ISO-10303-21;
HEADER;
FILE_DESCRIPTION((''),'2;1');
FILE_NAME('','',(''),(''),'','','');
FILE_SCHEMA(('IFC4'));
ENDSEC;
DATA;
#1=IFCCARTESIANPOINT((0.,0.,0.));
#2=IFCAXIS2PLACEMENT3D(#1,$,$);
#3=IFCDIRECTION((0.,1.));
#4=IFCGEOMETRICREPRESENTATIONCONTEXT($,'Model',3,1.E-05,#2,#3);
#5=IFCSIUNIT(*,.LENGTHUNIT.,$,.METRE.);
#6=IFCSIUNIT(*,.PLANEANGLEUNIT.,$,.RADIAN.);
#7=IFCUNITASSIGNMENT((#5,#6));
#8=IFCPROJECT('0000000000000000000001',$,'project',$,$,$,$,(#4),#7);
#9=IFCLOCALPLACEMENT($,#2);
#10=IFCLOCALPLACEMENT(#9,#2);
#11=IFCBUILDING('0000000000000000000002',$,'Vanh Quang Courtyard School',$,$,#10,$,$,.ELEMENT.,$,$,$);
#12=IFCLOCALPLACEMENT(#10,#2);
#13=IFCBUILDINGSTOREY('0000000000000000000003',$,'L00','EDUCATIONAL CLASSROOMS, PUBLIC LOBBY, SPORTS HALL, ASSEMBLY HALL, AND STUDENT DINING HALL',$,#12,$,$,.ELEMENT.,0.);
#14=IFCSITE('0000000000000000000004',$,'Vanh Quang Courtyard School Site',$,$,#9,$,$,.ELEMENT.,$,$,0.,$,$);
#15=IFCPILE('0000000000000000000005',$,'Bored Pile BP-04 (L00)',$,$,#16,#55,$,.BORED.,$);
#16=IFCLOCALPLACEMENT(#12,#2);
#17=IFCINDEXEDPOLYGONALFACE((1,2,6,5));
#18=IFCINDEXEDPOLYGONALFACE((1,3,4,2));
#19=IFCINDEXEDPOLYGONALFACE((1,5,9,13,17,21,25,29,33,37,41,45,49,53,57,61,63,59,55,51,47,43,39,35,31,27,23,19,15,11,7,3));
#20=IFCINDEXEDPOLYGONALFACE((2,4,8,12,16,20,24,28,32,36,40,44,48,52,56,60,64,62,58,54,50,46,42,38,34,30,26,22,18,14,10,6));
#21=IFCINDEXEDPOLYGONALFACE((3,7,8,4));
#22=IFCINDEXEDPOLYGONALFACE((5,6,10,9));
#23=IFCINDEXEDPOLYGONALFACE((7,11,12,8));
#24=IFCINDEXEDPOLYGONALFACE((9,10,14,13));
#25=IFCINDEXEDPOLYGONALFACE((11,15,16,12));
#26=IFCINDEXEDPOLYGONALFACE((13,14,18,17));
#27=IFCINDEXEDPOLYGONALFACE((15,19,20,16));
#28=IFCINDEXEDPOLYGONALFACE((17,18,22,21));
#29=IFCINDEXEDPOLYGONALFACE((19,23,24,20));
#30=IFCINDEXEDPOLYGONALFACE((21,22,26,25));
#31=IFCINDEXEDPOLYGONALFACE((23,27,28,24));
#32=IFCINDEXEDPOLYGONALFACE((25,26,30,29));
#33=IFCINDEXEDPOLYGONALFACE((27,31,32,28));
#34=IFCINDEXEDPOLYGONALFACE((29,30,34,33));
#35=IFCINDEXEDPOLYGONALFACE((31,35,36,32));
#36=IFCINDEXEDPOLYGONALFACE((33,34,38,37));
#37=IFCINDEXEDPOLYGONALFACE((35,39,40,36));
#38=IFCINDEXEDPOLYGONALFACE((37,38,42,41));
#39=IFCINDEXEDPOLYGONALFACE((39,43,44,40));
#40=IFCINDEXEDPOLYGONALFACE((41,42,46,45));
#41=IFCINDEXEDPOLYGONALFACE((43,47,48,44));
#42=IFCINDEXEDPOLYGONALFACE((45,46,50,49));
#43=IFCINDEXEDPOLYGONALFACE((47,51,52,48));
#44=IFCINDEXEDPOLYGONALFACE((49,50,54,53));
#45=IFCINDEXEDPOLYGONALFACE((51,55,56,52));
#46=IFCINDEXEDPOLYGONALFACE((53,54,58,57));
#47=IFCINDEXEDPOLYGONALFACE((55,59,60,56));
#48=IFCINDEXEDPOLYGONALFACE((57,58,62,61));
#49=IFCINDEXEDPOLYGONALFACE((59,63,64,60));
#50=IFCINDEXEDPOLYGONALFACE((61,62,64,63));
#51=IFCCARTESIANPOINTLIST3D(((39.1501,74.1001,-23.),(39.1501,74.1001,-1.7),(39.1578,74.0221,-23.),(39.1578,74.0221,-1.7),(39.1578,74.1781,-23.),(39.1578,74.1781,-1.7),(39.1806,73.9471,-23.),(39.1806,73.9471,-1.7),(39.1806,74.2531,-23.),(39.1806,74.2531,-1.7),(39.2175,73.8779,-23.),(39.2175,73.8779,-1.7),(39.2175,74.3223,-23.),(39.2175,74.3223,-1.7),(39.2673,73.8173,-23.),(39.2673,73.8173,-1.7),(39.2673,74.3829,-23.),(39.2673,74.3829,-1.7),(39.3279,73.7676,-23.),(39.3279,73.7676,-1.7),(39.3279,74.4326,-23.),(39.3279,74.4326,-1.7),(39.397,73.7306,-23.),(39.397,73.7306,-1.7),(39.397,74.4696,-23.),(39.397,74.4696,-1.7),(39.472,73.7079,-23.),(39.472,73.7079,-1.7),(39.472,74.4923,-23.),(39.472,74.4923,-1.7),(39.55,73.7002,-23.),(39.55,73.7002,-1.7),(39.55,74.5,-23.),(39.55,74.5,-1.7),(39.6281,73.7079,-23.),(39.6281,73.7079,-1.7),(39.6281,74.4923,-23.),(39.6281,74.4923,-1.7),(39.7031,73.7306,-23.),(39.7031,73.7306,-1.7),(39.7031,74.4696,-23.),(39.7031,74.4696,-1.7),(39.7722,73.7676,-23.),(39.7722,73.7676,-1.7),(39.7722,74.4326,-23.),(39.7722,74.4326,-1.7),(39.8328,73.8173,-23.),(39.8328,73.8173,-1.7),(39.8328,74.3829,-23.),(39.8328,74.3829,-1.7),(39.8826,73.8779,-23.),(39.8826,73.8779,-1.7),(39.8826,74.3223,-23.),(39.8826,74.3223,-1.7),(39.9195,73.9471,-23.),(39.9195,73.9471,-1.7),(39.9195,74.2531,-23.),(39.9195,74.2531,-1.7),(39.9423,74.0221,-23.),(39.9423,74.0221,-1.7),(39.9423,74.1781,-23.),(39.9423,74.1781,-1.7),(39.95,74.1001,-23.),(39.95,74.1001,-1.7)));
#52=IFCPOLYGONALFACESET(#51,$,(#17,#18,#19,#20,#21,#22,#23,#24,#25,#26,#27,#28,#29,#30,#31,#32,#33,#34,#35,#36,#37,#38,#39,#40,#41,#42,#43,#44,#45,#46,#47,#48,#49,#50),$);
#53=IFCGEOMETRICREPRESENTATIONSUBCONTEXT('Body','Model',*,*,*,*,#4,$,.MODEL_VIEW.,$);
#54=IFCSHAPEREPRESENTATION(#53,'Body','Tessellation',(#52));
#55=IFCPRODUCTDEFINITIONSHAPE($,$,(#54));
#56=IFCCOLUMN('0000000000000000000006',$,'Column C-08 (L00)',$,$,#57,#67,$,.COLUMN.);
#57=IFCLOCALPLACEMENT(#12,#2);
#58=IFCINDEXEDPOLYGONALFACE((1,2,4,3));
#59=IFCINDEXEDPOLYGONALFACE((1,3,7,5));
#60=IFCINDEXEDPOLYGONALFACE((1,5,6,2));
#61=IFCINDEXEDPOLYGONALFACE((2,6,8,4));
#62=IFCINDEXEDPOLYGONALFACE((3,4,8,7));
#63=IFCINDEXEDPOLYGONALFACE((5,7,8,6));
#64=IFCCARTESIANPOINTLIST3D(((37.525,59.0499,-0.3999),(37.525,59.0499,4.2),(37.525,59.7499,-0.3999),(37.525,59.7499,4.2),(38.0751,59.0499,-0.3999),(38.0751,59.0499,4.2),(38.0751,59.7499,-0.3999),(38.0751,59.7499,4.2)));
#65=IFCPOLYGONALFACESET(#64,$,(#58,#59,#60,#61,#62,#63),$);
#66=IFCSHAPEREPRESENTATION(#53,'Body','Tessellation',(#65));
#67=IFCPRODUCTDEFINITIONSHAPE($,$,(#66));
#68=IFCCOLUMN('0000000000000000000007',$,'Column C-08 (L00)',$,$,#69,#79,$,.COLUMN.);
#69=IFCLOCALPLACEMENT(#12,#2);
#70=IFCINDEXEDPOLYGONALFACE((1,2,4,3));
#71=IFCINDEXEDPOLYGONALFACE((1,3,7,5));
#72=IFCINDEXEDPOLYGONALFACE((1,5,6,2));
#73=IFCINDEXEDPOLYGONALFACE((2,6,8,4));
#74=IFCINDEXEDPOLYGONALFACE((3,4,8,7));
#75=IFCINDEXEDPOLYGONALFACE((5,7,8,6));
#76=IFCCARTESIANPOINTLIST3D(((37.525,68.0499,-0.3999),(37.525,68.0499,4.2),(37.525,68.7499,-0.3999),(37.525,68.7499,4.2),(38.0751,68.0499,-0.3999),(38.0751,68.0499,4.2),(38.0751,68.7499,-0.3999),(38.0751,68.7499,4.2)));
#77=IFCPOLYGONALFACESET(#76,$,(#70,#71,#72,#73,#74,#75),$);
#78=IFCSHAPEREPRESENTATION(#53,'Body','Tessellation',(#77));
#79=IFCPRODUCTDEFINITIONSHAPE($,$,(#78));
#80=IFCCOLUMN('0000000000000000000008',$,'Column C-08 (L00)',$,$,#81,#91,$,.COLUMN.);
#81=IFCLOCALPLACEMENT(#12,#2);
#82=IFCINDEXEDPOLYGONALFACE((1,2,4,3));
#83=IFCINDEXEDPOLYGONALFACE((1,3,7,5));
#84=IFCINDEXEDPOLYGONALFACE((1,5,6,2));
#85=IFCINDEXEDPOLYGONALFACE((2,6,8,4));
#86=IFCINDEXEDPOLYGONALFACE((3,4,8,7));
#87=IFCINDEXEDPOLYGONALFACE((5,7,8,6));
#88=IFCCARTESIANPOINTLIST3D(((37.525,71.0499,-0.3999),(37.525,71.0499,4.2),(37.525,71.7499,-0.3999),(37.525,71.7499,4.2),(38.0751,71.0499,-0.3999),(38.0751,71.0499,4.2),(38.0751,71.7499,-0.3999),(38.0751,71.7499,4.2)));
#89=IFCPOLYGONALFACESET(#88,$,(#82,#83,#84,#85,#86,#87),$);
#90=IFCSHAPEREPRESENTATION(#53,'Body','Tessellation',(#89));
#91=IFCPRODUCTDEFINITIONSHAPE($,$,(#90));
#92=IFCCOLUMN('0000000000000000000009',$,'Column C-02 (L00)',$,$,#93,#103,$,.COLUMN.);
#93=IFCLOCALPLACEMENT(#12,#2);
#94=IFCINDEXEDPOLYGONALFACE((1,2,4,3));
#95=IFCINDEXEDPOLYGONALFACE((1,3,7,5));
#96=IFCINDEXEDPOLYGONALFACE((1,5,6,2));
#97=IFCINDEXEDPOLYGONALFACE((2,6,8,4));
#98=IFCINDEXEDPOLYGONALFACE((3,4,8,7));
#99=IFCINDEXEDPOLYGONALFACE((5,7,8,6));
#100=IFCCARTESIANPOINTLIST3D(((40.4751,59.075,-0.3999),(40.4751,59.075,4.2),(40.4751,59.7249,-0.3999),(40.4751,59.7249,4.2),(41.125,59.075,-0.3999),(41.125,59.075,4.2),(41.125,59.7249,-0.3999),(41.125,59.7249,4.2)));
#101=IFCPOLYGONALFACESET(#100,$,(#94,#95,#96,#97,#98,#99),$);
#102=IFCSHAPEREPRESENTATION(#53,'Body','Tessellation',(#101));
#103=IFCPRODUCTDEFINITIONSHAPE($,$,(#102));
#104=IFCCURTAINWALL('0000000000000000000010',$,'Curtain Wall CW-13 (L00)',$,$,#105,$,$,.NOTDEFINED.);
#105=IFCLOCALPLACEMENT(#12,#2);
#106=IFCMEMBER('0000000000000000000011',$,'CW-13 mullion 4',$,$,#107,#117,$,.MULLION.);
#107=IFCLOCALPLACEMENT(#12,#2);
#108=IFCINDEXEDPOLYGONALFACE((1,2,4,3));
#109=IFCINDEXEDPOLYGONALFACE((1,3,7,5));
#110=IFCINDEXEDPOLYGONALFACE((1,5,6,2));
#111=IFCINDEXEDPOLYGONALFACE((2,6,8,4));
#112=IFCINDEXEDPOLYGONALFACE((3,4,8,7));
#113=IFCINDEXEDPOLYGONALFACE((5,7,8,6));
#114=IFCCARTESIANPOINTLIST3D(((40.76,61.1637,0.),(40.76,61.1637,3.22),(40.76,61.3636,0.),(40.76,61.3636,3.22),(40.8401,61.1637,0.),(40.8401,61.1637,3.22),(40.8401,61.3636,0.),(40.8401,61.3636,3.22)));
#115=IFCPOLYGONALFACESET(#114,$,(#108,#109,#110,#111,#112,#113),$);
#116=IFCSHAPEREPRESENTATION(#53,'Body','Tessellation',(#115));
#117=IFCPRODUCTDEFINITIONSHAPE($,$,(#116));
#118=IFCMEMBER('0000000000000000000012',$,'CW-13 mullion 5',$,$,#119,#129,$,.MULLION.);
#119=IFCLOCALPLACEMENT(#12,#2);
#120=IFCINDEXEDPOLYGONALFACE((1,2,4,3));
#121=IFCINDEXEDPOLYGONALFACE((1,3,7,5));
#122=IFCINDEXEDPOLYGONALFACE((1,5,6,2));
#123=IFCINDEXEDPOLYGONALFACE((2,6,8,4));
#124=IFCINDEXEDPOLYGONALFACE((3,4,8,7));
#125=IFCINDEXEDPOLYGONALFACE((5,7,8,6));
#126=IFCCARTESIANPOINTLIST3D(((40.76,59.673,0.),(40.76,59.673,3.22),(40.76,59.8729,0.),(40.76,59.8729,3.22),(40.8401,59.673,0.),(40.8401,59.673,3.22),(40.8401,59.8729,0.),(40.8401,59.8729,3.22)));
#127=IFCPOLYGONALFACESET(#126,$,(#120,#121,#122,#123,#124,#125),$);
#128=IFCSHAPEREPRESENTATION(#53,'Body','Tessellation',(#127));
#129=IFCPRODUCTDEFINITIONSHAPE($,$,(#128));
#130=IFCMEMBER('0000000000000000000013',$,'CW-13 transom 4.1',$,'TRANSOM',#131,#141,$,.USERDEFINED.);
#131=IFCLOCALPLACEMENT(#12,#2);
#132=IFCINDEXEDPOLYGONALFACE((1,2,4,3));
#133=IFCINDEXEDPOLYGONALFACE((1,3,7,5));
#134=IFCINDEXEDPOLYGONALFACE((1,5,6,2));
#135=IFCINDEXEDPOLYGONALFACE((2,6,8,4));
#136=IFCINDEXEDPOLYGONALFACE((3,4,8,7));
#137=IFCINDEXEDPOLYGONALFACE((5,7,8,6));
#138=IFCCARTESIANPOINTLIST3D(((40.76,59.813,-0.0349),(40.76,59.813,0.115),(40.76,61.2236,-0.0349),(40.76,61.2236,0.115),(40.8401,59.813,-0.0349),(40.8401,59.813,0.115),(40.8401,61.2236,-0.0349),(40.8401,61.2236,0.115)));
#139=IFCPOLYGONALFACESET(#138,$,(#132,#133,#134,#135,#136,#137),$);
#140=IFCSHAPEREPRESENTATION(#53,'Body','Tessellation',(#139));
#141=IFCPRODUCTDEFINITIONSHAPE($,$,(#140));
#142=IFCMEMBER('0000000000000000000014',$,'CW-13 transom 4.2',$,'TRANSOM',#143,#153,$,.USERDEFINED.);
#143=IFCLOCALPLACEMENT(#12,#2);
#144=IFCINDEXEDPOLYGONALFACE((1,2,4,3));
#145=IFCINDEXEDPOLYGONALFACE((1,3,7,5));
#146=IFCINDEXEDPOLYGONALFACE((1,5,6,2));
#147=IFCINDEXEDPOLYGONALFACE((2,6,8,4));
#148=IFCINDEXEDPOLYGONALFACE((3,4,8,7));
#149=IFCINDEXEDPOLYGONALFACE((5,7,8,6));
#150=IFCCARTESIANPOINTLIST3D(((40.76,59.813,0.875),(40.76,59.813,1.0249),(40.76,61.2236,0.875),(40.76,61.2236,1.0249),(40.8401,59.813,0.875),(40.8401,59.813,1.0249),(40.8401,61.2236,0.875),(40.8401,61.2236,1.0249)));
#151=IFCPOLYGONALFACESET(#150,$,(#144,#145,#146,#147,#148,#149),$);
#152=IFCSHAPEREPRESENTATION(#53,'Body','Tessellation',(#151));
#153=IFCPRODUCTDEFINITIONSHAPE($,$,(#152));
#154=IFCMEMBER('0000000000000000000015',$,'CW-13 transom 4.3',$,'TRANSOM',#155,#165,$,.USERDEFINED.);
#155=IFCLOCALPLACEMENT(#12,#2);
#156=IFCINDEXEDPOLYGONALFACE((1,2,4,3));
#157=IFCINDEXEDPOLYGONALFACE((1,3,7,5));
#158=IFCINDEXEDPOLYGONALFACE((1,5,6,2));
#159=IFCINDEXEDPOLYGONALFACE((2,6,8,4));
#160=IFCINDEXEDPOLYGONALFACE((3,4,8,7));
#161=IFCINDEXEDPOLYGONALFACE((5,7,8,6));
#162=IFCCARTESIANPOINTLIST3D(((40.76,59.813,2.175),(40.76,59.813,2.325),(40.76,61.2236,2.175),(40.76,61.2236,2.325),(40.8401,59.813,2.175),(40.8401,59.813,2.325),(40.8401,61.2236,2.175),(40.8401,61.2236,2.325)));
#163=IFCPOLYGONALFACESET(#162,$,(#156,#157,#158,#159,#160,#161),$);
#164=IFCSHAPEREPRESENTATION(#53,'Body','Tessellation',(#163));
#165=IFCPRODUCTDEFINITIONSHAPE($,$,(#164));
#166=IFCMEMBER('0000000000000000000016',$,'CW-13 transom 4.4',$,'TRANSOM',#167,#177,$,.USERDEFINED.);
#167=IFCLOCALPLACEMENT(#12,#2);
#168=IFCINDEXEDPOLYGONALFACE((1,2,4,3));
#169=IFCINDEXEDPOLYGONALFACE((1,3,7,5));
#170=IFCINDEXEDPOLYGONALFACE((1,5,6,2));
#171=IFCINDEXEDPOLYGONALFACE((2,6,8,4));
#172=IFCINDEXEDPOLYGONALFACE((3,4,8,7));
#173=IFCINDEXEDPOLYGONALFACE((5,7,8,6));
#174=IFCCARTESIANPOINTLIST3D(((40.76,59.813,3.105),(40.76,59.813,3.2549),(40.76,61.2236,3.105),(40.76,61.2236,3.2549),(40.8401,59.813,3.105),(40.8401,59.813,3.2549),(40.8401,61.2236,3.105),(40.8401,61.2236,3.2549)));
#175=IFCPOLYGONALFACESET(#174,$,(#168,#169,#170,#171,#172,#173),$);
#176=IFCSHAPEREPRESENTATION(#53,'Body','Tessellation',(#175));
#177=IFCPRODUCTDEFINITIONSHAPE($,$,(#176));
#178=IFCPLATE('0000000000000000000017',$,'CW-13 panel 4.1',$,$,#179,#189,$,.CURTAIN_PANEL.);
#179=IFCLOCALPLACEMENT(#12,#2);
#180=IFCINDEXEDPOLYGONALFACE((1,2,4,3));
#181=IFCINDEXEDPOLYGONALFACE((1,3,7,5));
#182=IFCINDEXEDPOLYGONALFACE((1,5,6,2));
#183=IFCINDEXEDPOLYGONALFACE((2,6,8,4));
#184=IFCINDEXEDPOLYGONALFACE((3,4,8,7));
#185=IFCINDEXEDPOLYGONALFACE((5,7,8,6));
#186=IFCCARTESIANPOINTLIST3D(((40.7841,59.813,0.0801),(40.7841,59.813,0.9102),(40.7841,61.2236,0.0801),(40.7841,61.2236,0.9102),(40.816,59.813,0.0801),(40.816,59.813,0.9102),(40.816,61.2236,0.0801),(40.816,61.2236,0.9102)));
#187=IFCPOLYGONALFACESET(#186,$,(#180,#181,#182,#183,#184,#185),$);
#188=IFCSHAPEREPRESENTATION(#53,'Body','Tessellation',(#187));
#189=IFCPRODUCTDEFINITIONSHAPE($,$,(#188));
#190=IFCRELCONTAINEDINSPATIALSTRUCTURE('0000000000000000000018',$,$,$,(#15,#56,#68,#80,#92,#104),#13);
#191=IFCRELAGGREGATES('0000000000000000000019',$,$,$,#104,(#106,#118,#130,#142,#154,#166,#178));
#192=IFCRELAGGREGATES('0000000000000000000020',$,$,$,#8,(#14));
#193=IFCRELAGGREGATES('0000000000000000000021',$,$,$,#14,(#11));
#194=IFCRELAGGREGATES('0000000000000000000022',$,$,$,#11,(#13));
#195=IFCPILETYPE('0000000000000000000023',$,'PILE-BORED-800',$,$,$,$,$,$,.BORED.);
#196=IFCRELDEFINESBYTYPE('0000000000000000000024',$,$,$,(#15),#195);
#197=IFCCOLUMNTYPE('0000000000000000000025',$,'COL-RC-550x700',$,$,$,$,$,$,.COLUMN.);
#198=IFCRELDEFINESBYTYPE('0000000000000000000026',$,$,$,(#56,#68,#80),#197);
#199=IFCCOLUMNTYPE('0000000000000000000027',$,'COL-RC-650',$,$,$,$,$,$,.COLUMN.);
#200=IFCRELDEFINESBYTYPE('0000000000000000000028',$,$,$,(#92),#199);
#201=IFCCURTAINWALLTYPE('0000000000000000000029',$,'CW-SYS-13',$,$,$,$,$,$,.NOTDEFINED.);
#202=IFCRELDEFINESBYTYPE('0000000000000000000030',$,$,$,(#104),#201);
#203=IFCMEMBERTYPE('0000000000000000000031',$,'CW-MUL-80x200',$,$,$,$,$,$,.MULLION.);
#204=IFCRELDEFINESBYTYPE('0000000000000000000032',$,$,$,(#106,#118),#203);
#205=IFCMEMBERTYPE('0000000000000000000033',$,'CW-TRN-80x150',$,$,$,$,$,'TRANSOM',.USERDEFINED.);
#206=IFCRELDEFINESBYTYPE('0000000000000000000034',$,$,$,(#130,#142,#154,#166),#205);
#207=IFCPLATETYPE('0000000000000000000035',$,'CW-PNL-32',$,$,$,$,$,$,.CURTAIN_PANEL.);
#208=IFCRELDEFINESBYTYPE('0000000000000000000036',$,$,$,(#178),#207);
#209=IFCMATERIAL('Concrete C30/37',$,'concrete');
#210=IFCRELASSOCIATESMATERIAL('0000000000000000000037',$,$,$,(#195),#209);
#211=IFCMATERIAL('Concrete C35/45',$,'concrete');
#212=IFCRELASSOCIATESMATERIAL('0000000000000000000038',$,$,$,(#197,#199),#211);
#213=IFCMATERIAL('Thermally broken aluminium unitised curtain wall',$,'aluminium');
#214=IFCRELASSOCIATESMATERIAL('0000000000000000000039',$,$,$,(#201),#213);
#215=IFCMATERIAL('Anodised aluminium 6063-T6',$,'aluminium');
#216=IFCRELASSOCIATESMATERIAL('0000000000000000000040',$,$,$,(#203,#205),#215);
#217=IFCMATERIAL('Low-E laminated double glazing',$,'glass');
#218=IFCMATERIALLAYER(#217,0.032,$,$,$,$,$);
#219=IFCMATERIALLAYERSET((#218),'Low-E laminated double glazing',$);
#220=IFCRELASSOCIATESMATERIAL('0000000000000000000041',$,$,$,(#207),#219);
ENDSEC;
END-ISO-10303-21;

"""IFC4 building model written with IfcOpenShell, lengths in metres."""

from ifc_helpers import new_model, si_unit, direction, frame, origin, origin_2d, place, context, subcontext, project, spatial, rectangle, circle, extrude, material, layer, layer_set, material_profile, profile_set, type_object, element, aggregate, save


model = new_model("IFC4")

# Units and contexts
model_context = context("Model", 3, precision=1e-05, world=origin(), true_north=direction((0.0, 1.0)))
body_context = subcontext(model_context, "Body", "Model", "MODEL_VIEW")
ifc_project = project(units=[si_unit("LENGTHUNIT", "METRE"), si_unit("PLANEANGLEUNIT", "RADIAN")], contexts=[model_context])

# Site, building, storey
site_placement = place(None, origin())
site = spatial("IfcSite", under=ifc_project, at=site_placement, Name="Vanh Quang Courtyard School Site", CompositionType="ELEMENT", RefElevation=0.0)
building_placement = place(site_placement, origin())
building = spatial("IfcBuilding", under=site, at=building_placement, Name="Vanh Quang Courtyard School", CompositionType="ELEMENT")
storey_placement = place(building_placement, origin())
storey = spatial("IfcBuildingStorey", under=building, at=storey_placement, Name="L00", Description="EDUCATIONAL CLASSROOMS, PUBLIC LOBBY, SPORTS HALL, ASSEMBLY HALL, AND STUDENT DINING HALL", CompositionType="ELEMENT", Elevation=0.0)

# Shared definitions
ifc_material_1 = material(Name="Concrete C35/45", Category="concrete")

# Pile
ifc_material_2 = material(Name="Concrete C30/37", Category="concrete")
ifc_material_profile_1 = material_profile(ifc_material_2, circle(Radius=0.3999, at=origin_2d()), Name="PILE D800")
ifc_profile_set_1 = profile_set([ifc_material_profile_1], Name="Concrete C30/37")
pile_type_1 = type_object("IfcPileType", Name="PILE-BORED-800", PredefinedType="BORED", material=ifc_profile_set_1)
for number, where, z_axis, x_axis, name in (
    (1, (39.55, 74.1001, -1.7), (0.0, 0.0, -1.0), (1.0, 0.0, 0.0), "Bored Pile BP-04 (L00)"),
):
    element("IfcPile", number, at=place(storey_placement, frame(where, z_axis=z_axis, x_axis=x_axis)), inside=storey, type_object=pile_type_1, Name=name, PredefinedType="BORED", context=body_context, shape_type="SweptSolid", body=[
        extrude(circle(Radius=0.3999, at=origin_2d()), origin(), (0.0, 0.0, 1.0), 21.3),
    ])

# Columns
ifc_material_profile_2 = material_profile(ifc_material_1, rectangle(XDim=0.55, YDim=0.7, at=origin_2d()), Name="RC-COL 550x700")
ifc_profile_set_2 = profile_set([ifc_material_profile_2], Name="Concrete C35/45")
column_type_1 = type_object("IfcColumnType", Name="COL-RC-550x700", PredefinedType="COLUMN", material=ifc_profile_set_2)
for number, where, z_axis, x_axis, name in (
    (2, (37.8, 59.3999, -0.3999), (0.0, 0.0, 1.0), (1.0, 0.0, 0.0), "Column C-08 (L00)"),
    (3, (37.8, 68.3999, -0.3999), (0.0, 0.0, 1.0), (1.0, 0.0, 0.0), "Column C-08 (L00)"),
    (4, (37.8, 71.3999, -0.3999), (0.0, 0.0, 1.0), (1.0, 0.0, 0.0), "Column C-08 (L00)"),
):
    element("IfcColumn", number, at=place(storey_placement, frame(where, z_axis=z_axis, x_axis=x_axis)), inside=storey, type_object=column_type_1, Name=name, PredefinedType="COLUMN", context=body_context, shape_type="SweptSolid", body=[
        extrude(rectangle(XDim=0.55, YDim=0.7, at=origin_2d()), origin(), (0.0, 0.0, 1.0), 4.5999),
    ])
ifc_material_profile_3 = material_profile(ifc_material_1, rectangle(XDim=0.6499, YDim=0.6499, at=origin_2d()), Name="RC-COL 650x650")
ifc_profile_set_3 = profile_set([ifc_material_profile_3], Name="Concrete C35/45")
column_type_2 = type_object("IfcColumnType", Name="COL-RC-650", PredefinedType="COLUMN", material=ifc_profile_set_3)
column_placement = place(storey_placement, frame((40.8, 59.3999, -0.3999), z_axis=(0.0, 0.0, 1.0), x_axis=(1.0, 0.0, 0.0)))
element("IfcColumn", 5, at=column_placement, inside=storey, type_object=column_type_2, Name="Column C-02 (L00)", PredefinedType="COLUMN", context=body_context, shape_type="SweptSolid", body=[
    extrude(rectangle(XDim=0.6499, YDim=0.6499, at=origin_2d()), origin(), (0.0, 0.0, 1.0), 4.5999),
])

# Curtain wall, members, plate
ifc_material_3 = material(Name="Thermally broken aluminium unitised curtain wall", Category="aluminium")
curtain_wall_type = type_object("IfcCurtainWallType", Name="CW-SYS-13", PredefinedType="NOTDEFINED", material=ifc_material_3)
curtain_wall_placement = place(storey_placement, origin())
curtain_wall = element("IfcCurtainWall", 6, at=curtain_wall_placement, inside=storey, type_object=curtain_wall_type, Name="Curtain Wall CW-13 (L00)", PredefinedType="NOTDEFINED")
ifc_material_4 = material(Name="Anodised aluminium 6063-T6", Category="aluminium")
ifc_material_profile_4 = material_profile(ifc_material_4, rectangle(XDim=0.0801, YDim=0.2, at=origin_2d()), Name="ALU-MUL 80x200")
ifc_profile_set_4 = profile_set([ifc_material_profile_4], Name="Anodised aluminium 6063-T6")
member_type_1 = type_object("IfcMemberType", Name="CW-MUL-80x200", PredefinedType="MULLION", material=ifc_profile_set_4)
member_1_placement = place(storey_placement, frame((40.8, 61.2637, 0.0), z_axis=(0.0, 0.0, 1.0), x_axis=(1.0, 0.0, 0.0)))
member_1 = element("IfcMember", 7, at=member_1_placement, type_object=member_type_1, Name="CW-13 mullion 4", PredefinedType="MULLION", context=body_context, shape_type="SweptSolid", body=[
    extrude(rectangle(XDim=0.0801, YDim=0.2, at=origin_2d()), origin(), (0.0, 0.0, 1.0), 3.22),
])
member_2_placement = place(storey_placement, frame((40.8, 59.7729, 0.0), z_axis=(0.0, 0.0, 1.0), x_axis=(1.0, 0.0, 0.0)))
member_2 = element("IfcMember", 8, at=member_2_placement, type_object=member_type_1, Name="CW-13 mullion 5", PredefinedType="MULLION", context=body_context, shape_type="SweptSolid", body=[
    extrude(rectangle(XDim=0.0801, YDim=0.2, at=origin_2d()), origin(), (0.0, 0.0, 1.0), 3.22),
])
ifc_material_profile_5 = material_profile(ifc_material_4, rectangle(XDim=0.0801, YDim=0.1499, at=origin_2d()), Name="ALU-TRN 80x150")
ifc_profile_set_5 = profile_set([ifc_material_profile_5], Name="Anodised aluminium 6063-T6")
member_type_2 = type_object("IfcMemberType", Name="CW-TRN-80x150", ElementType="TRANSOM", PredefinedType="USERDEFINED", material=ifc_profile_set_5)
member_3_placement = place(storey_placement, frame((40.8, 61.2236, 0.04), z_axis=(0.0, -1.0, 0.0), x_axis=(1.0, 0.0, 0.0)))
member_3 = element("IfcMember", 9, at=member_3_placement, type_object=member_type_2, Name="CW-13 transom 4.1", ObjectType="TRANSOM", PredefinedType="USERDEFINED", context=body_context, shape_type="SweptSolid", body=[
    extrude(rectangle(XDim=0.0801, YDim=0.1499, at=origin_2d()), origin(), (0.0, 0.0, 1.0), 1.4106),
])
member_4_placement = place(storey_placement, frame((40.8, 61.2236, 0.95), z_axis=(0.0, -1.0, 0.0), x_axis=(1.0, 0.0, 0.0)))
member_4 = element("IfcMember", 10, at=member_4_placement, type_object=member_type_2, Name="CW-13 transom 4.2", ObjectType="TRANSOM", PredefinedType="USERDEFINED", context=body_context, shape_type="SweptSolid", body=[
    extrude(rectangle(XDim=0.0801, YDim=0.1499, at=origin_2d()), origin(), (0.0, 0.0, 1.0), 1.4106),
])
member_5_placement = place(storey_placement, frame((40.8, 61.2236, 2.25), z_axis=(0.0, -1.0, 0.0), x_axis=(1.0, 0.0, 0.0)))
member_5 = element("IfcMember", 11, at=member_5_placement, type_object=member_type_2, Name="CW-13 transom 4.3", ObjectType="TRANSOM", PredefinedType="USERDEFINED", context=body_context, shape_type="SweptSolid", body=[
    extrude(rectangle(XDim=0.0801, YDim=0.1499, at=origin_2d()), origin(), (0.0, 0.0, 1.0), 1.4106),
])
member_6_placement = place(storey_placement, frame((40.8, 61.2236, 3.1799), z_axis=(0.0, -1.0, 0.0), x_axis=(1.0, 0.0, 0.0)))
member_6 = element("IfcMember", 12, at=member_6_placement, type_object=member_type_2, Name="CW-13 transom 4.4", ObjectType="TRANSOM", PredefinedType="USERDEFINED", context=body_context, shape_type="SweptSolid", body=[
    extrude(rectangle(XDim=0.0801, YDim=0.1499, at=origin_2d()), origin(), (0.0, 0.0, 1.0), 1.4106),
])
ifc_material_5 = material(Name="Low-E laminated double glazing", Category="glass")
ifc_layer_1 = layer(ifc_material_5, 0.032)
ifc_layer_set_1 = layer_set([ifc_layer_1], Name="Low-E laminated double glazing")
plate_type = type_object("IfcPlateType", Name="CW-PNL-32", PredefinedType="CURTAIN_PANEL", material=ifc_layer_set_1)
plate_1_placement = place(storey_placement, frame((40.8, 60.5183, 0.0801), z_axis=(0.0, 0.0, 1.0), x_axis=(0.0, -1.0, 0.0)))
plate_1 = element("IfcPlate", 13, at=plate_1_placement, type_object=plate_type, Name="CW-13 panel 4.1", PredefinedType="CURTAIN_PANEL", context=body_context, shape_type="SweptSolid", body=[
    extrude(rectangle(XDim=1.4106, YDim=0.032, at=origin_2d()), origin(), (0.0, 0.0, 1.0), 0.8301),
])
aggregate(curtain_wall, [member_1, member_2, member_3, member_4, member_5, member_6, plate_1])

save(model, "model.ifc")
